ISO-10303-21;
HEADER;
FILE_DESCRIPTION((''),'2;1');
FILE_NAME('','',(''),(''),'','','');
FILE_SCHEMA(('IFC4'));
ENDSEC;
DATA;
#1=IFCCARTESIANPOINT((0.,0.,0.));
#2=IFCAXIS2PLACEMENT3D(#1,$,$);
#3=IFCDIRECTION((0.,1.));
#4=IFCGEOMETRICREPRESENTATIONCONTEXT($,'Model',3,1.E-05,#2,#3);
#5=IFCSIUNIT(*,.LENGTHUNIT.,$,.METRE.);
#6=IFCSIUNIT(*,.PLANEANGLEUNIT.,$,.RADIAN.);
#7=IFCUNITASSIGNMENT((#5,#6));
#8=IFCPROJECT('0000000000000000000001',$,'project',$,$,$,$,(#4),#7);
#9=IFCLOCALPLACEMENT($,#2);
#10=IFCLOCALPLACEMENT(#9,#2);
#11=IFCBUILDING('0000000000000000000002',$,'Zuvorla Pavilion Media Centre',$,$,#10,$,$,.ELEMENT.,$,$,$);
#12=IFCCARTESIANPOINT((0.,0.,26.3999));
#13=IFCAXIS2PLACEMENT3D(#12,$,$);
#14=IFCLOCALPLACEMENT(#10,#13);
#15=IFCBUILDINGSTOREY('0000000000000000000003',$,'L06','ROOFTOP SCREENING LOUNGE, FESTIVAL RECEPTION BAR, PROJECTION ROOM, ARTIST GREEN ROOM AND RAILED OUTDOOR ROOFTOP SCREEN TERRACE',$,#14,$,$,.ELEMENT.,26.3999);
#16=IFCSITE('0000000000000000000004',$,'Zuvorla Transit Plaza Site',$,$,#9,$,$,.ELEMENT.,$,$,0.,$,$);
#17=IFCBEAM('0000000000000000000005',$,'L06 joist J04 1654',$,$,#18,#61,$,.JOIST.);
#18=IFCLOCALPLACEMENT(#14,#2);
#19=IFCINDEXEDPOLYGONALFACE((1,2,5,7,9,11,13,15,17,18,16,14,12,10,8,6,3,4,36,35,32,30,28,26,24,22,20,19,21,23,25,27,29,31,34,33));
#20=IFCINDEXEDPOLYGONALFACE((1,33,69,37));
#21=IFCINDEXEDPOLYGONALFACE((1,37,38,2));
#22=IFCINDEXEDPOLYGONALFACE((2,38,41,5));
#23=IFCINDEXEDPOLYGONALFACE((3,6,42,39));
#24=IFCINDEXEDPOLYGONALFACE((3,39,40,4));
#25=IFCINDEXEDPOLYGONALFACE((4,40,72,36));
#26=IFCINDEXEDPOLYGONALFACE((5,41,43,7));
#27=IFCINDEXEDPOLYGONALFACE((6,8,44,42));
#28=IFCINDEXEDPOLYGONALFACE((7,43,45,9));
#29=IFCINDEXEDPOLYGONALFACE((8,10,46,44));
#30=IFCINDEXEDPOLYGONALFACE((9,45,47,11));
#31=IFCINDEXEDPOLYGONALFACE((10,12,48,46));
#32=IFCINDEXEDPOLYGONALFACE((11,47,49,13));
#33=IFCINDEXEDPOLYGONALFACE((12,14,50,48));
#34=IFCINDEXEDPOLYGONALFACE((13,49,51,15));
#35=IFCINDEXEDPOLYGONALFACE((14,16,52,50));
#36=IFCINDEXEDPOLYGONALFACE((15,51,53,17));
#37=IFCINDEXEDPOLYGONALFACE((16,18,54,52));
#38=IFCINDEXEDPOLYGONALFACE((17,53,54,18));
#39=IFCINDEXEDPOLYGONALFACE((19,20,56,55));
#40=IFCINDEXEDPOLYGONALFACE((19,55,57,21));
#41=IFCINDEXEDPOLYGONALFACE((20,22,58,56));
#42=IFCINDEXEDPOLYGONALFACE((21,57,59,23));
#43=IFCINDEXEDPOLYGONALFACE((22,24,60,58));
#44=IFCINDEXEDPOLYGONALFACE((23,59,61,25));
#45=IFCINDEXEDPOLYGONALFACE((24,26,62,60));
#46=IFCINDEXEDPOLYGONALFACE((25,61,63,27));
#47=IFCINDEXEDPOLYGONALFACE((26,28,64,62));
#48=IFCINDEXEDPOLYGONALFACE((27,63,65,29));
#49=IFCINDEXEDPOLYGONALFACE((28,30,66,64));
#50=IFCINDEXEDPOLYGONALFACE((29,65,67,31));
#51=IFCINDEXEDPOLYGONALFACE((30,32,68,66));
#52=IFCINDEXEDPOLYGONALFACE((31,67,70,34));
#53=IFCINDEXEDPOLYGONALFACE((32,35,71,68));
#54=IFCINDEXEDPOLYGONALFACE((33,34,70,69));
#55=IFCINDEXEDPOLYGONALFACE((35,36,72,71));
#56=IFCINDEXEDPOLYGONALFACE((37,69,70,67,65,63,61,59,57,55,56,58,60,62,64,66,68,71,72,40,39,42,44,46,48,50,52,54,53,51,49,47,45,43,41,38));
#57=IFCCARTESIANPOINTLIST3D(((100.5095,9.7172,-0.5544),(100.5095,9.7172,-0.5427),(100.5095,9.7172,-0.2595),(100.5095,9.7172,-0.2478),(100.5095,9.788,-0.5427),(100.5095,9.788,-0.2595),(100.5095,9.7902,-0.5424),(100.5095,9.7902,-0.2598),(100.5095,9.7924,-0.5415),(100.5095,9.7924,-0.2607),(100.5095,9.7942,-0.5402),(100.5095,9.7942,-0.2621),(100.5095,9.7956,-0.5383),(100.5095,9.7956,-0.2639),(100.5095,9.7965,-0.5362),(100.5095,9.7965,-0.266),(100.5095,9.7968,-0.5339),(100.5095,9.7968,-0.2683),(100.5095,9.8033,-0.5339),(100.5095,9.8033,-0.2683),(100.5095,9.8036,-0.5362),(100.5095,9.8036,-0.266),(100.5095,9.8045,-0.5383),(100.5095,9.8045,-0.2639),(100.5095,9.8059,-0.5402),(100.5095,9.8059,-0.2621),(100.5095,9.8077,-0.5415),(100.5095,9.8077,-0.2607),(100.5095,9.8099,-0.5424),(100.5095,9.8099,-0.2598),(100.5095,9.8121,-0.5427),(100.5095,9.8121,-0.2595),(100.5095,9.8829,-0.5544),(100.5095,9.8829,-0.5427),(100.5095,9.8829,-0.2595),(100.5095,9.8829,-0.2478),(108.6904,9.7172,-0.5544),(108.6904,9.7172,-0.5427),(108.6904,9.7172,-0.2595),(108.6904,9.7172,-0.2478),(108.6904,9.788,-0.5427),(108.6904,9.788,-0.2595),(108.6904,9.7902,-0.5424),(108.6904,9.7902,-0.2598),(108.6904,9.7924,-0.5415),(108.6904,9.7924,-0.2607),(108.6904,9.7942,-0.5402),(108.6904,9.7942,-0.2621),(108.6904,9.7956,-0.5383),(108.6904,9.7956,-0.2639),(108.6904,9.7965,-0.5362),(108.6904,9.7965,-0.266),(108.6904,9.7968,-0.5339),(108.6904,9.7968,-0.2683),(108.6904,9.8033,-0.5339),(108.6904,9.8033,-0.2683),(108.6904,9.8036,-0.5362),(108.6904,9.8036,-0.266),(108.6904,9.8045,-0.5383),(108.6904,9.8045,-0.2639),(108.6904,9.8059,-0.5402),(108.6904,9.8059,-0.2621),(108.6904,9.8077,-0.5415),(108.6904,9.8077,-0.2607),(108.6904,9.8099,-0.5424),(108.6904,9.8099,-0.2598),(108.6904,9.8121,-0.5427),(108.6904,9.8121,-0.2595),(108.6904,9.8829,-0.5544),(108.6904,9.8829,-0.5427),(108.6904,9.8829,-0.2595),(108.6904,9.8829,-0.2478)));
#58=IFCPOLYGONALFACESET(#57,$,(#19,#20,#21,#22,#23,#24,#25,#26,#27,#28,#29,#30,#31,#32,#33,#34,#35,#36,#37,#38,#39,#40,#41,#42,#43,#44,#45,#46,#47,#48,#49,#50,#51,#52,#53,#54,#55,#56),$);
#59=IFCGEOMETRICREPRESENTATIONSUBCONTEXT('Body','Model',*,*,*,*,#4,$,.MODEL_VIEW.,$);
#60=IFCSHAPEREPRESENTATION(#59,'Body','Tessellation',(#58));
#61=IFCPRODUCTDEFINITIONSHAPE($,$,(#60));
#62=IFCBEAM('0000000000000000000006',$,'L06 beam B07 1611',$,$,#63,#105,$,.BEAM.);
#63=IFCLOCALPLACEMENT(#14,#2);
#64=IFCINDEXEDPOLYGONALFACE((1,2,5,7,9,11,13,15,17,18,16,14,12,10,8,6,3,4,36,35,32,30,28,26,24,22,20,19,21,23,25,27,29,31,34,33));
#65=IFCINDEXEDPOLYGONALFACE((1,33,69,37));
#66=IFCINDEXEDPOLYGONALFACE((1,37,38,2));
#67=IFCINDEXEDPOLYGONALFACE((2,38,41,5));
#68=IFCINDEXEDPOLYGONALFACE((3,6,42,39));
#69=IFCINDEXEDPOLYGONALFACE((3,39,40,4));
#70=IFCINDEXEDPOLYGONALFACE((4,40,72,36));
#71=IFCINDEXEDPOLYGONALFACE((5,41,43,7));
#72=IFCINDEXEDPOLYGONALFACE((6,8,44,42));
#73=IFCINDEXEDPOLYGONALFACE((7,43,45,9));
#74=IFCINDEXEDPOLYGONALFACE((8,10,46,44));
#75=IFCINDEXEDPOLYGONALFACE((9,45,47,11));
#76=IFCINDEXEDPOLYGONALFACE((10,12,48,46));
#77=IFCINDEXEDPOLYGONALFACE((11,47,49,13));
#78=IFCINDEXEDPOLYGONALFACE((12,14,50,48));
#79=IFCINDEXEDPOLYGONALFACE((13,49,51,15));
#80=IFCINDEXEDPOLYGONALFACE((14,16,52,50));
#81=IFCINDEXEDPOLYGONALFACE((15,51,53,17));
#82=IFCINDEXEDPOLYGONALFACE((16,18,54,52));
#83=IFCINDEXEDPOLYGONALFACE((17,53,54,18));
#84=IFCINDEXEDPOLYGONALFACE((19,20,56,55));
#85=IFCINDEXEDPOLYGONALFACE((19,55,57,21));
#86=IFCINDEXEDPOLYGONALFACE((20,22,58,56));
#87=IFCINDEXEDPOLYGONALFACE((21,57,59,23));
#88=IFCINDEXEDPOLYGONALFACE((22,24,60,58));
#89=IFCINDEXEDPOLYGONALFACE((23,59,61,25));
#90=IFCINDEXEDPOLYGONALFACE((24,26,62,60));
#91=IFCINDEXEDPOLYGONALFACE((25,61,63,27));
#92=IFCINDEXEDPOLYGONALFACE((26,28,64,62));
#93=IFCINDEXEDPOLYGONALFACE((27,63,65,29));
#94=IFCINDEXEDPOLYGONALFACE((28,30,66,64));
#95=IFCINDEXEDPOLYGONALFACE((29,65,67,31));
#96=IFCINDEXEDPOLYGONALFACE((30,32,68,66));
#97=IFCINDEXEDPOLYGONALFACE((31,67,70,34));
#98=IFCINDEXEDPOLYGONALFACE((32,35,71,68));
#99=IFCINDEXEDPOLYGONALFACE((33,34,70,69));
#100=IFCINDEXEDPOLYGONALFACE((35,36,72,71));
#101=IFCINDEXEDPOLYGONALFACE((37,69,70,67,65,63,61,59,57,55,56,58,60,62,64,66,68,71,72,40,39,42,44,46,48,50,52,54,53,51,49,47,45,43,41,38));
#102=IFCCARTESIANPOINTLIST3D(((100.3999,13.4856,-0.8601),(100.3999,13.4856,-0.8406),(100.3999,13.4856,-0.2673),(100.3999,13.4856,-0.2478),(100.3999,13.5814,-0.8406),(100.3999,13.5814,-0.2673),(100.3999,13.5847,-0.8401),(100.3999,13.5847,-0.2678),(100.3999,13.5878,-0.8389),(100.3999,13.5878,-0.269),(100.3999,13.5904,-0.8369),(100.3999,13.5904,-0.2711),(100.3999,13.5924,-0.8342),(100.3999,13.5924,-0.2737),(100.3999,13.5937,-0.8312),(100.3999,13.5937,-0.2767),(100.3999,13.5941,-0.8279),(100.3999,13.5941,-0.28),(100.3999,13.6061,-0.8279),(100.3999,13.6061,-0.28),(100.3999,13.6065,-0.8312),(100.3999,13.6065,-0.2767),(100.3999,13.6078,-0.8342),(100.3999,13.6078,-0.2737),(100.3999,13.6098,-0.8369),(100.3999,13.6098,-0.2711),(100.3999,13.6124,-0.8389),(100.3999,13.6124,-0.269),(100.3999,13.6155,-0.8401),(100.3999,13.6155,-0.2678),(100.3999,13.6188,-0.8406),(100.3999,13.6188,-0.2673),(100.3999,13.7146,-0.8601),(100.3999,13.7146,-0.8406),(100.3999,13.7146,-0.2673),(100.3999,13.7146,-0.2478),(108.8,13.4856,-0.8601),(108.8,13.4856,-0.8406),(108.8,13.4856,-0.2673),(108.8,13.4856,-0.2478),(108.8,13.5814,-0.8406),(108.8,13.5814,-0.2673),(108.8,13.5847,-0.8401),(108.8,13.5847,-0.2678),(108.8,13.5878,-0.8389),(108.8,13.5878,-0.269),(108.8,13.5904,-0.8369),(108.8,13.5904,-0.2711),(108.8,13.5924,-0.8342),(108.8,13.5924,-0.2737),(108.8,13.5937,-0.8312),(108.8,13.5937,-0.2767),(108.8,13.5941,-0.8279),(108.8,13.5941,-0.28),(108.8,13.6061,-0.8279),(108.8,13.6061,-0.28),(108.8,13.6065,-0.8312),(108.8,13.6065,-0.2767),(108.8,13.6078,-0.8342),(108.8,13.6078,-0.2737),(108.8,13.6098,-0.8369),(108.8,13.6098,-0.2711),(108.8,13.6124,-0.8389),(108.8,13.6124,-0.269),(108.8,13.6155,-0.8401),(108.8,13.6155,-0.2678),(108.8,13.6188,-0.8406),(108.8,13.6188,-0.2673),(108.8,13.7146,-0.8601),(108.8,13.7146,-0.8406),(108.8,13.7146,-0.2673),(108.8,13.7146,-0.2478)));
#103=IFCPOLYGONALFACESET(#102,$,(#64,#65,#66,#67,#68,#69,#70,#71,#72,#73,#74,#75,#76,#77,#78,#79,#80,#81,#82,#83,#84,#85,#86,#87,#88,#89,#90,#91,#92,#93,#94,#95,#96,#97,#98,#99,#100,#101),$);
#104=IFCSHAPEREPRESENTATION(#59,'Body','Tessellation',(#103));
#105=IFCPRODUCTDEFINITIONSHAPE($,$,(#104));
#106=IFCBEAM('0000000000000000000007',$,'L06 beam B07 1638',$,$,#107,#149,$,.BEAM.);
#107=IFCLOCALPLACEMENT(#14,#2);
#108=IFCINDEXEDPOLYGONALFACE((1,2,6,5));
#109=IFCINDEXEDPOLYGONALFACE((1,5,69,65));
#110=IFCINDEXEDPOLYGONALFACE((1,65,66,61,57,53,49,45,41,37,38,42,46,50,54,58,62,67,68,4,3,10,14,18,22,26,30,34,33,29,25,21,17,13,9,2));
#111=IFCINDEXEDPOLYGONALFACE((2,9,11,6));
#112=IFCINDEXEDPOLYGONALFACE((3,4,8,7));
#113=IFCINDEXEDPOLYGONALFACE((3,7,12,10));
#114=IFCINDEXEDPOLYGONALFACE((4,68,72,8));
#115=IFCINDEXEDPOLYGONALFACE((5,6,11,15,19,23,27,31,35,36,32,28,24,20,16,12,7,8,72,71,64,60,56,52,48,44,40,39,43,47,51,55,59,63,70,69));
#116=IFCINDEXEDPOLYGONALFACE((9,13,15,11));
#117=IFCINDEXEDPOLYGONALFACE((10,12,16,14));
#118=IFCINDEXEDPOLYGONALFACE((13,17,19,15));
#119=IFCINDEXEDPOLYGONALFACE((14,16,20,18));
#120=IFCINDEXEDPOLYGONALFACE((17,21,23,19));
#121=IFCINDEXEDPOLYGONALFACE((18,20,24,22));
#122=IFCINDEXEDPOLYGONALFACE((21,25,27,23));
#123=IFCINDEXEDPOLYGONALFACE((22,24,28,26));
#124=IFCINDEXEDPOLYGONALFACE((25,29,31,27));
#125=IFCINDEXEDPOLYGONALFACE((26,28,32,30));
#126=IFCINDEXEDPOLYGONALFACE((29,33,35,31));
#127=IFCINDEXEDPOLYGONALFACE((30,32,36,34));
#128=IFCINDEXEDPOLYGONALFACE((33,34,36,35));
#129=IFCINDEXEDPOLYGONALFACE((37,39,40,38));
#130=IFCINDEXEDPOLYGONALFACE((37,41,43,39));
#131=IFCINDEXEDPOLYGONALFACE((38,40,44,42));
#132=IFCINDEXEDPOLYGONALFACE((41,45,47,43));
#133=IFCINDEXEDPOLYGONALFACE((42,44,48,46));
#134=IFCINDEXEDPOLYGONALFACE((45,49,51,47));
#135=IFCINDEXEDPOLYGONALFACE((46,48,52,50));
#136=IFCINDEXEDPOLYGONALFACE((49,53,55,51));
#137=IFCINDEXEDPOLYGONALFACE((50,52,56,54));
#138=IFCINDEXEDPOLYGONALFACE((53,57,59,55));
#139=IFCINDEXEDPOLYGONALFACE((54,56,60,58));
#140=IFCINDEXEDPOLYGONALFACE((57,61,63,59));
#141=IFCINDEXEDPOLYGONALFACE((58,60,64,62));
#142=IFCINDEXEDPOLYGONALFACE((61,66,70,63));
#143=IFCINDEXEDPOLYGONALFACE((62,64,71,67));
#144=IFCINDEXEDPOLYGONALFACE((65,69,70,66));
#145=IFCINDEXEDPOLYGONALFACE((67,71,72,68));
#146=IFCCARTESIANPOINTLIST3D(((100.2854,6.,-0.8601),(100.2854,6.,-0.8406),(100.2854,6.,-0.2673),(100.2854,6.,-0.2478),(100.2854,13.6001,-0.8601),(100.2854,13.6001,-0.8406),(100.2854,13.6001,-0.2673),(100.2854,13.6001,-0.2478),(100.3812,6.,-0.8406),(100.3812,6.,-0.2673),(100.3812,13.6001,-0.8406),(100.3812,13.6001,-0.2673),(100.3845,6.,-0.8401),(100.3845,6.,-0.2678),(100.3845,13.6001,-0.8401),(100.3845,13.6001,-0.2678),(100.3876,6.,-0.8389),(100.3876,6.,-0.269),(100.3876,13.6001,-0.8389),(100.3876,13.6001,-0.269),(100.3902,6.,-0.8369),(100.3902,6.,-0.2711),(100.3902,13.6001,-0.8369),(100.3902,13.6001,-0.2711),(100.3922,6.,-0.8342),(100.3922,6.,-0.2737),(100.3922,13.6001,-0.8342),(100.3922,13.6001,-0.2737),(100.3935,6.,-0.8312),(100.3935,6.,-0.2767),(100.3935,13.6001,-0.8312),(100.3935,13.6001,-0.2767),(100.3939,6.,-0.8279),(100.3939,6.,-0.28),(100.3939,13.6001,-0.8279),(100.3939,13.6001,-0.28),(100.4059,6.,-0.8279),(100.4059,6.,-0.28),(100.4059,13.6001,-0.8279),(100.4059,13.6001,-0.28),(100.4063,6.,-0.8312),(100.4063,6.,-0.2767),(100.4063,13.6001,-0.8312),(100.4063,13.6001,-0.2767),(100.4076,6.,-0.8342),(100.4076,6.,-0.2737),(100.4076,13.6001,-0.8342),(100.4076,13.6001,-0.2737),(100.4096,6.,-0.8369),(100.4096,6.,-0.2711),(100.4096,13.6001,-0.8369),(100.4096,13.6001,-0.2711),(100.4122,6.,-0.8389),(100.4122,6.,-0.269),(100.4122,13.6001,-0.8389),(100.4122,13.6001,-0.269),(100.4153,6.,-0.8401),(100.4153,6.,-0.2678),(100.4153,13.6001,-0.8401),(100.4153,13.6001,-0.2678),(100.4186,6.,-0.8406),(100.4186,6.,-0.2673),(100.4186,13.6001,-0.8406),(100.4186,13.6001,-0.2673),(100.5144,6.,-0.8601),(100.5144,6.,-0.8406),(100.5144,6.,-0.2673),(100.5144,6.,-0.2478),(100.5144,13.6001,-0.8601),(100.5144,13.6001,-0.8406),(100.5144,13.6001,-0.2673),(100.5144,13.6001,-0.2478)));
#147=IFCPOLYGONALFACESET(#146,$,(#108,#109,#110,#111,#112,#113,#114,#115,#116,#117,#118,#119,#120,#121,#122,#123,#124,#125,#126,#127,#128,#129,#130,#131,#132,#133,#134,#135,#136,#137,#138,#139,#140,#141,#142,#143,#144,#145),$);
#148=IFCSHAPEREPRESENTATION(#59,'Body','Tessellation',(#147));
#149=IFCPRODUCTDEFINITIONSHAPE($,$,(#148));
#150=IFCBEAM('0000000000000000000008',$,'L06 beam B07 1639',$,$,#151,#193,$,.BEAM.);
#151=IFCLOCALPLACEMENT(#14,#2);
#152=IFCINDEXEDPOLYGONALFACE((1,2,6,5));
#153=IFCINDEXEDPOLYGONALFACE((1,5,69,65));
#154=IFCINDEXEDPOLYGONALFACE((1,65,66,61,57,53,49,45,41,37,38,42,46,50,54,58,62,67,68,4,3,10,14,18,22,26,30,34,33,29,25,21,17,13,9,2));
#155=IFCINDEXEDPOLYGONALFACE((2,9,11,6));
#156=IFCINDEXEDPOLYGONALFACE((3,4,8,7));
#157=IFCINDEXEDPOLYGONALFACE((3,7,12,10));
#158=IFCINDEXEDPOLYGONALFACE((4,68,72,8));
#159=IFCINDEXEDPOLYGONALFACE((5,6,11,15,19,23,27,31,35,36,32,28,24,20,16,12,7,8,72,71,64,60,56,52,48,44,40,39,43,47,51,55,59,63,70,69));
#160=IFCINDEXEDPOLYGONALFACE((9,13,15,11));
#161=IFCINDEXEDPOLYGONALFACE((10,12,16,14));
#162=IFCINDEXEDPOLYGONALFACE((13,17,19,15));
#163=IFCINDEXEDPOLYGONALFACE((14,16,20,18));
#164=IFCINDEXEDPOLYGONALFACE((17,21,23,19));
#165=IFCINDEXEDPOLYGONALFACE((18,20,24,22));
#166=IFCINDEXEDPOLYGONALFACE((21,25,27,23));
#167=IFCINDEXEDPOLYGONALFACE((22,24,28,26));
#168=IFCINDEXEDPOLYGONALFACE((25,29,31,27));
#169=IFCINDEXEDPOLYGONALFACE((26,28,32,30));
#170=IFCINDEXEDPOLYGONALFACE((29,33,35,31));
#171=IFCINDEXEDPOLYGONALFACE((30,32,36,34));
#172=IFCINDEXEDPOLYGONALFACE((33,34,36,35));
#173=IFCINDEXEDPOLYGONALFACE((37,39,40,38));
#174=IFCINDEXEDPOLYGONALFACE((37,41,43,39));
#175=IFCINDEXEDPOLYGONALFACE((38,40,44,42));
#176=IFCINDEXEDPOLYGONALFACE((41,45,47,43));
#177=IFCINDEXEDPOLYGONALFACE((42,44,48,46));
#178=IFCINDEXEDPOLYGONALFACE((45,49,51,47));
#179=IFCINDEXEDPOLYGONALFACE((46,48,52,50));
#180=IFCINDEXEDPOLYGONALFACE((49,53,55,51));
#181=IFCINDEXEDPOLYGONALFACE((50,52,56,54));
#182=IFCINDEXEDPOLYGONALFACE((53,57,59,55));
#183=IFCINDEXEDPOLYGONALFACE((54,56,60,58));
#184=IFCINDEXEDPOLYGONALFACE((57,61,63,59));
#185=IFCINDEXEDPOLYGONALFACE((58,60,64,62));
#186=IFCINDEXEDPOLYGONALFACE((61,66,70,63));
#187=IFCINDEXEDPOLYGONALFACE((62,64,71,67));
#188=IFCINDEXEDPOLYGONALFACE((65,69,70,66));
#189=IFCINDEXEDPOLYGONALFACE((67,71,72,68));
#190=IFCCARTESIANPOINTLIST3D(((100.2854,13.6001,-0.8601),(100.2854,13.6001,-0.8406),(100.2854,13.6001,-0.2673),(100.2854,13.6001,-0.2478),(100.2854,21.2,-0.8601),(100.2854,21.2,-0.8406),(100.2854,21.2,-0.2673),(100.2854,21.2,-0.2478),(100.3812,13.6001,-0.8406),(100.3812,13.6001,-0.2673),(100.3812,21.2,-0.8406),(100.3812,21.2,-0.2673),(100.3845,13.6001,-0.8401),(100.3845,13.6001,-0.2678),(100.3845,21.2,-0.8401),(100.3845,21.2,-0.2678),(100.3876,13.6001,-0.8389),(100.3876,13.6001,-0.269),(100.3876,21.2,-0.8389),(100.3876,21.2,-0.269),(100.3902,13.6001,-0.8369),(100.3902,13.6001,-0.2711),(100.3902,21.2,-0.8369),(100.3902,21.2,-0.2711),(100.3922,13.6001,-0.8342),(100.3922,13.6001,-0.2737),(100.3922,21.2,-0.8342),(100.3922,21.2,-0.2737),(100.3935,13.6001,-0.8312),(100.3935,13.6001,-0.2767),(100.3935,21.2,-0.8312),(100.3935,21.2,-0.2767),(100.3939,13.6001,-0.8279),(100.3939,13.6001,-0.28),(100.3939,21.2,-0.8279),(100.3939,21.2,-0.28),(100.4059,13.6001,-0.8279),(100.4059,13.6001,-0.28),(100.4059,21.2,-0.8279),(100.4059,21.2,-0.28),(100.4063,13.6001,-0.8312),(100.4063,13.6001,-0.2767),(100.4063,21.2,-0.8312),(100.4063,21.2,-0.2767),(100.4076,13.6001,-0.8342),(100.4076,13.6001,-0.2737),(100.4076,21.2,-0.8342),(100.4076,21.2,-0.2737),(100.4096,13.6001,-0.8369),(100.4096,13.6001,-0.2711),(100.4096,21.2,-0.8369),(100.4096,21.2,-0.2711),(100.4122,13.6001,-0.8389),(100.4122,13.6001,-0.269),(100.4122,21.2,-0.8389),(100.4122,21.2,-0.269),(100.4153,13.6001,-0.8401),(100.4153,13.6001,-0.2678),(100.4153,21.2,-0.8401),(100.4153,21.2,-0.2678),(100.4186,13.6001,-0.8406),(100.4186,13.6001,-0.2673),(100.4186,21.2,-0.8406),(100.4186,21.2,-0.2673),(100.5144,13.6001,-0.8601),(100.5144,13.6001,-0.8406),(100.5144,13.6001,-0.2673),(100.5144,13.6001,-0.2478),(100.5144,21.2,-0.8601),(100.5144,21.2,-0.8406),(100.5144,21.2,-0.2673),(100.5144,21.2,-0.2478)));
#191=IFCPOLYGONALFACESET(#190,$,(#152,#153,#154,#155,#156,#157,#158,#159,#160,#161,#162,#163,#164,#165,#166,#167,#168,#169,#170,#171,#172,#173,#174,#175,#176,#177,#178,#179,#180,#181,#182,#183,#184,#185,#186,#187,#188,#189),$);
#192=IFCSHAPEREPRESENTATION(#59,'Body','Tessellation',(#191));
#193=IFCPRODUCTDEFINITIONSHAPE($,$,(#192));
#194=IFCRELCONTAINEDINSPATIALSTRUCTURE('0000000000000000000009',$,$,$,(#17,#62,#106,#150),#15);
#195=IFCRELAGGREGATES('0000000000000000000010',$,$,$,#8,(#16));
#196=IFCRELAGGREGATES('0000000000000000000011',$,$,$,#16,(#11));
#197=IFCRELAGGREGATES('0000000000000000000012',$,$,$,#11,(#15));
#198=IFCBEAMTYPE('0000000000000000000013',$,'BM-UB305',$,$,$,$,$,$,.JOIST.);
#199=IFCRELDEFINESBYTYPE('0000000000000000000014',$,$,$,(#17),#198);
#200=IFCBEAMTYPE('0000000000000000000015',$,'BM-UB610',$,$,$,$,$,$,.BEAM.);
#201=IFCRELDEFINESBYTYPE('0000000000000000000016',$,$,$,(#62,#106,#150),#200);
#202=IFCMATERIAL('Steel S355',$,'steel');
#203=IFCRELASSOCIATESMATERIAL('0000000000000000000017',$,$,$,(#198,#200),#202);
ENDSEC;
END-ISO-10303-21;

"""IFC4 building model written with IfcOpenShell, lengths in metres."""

from ifc_helpers import new_model, si_unit, direction, frame, origin, origin_2d, place, context, subcontext, project, spatial, i_section, extrude, material, material_profile, profile_set, type_object, element, save


model = new_model("IFC4")

# Units and contexts
model_context = context("Model", 3, precision=1e-05, world=origin(), true_north=direction((0.0, 1.0)))
body_context = subcontext(model_context, "Body", "Model", "MODEL_VIEW")
ifc_project = project(units=[si_unit("LENGTHUNIT", "METRE"), si_unit("PLANEANGLEUNIT", "RADIAN")], contexts=[model_context])

# Site, building, storey
site_placement = place(None, origin())
site = spatial("IfcSite", under=ifc_project, at=site_placement, Name="Zuvorla Transit Plaza Site", CompositionType="ELEMENT", RefElevation=0.0)
building_placement = place(site_placement, origin())
building = spatial("IfcBuilding", under=site, at=building_placement, Name="Zuvorla Pavilion Media Centre", CompositionType="ELEMENT")
storey_placement = place(building_placement, frame((0.0, 0.0, 26.3999)))
storey = spatial("IfcBuildingStorey", under=building, at=storey_placement, Name="L06", Description="ROOFTOP SCREENING LOUNGE, FESTIVAL RECEPTION BAR, PROJECTION ROOM, ARTIST GREEN ROOM AND RAILED OUTDOOR ROOFTOP SCREEN TERRACE", CompositionType="ELEMENT", Elevation=26.3999)

# Shared definitions
ifc_material_1 = material(Name="Steel S355", Category="steel")

# Beams
ifc_material_profile_1 = material_profile(ifc_material_1, i_section(OverallWidth=0.1658, OverallDepth=0.3066, WebThickness=0.0066, FlangeThickness=0.0117, FilletRadius=0.0088, at=origin_2d()), Name="UB 305x165x46")
ifc_profile_set_1 = profile_set([ifc_material_profile_1], Name="Steel S355")
beam_type_1 = type_object("IfcBeamType", Name="BM-UB305", PredefinedType="JOIST", material=ifc_profile_set_1)
beam_1_placement = place(storey_placement, frame((100.5095, 9.8, -0.4011), z_axis=(1.0, 0.0, 0.0), x_axis=(0.0, 1.0, 0.0)))
element("IfcBeam", 1, at=beam_1_placement, inside=storey, type_object=beam_type_1, Name="L06 joist J04 1654", PredefinedType="JOIST", context=body_context, shape_type="SweptSolid", body=[
    extrude(i_section(OverallWidth=0.1658, OverallDepth=0.3066, WebThickness=0.0066, FlangeThickness=0.0117, FilletRadius=0.0088, at=origin_2d()), origin(), (0.0, 0.0, 1.0), 8.1809),
])
ifc_material_profile_2 = material_profile(ifc_material_1, i_section(OverallWidth=0.229, OverallDepth=0.6123, WebThickness=0.012, FlangeThickness=0.0195, FilletRadius=0.0127, at=origin_2d()), Name="UB 610x229x125")
ifc_profile_set_2 = profile_set([ifc_material_profile_2], Name="Steel S355")
beam_type_2 = type_object("IfcBeamType", Name="BM-UB610", PredefinedType="BEAM", material=ifc_profile_set_2)
beam_2_placement = place(storey_placement, frame((100.3999, 13.6001, -0.554), z_axis=(1.0, 0.0, 0.0), x_axis=(0.0, 1.0, 0.0)))
element("IfcBeam", 2, at=beam_2_placement, inside=storey, type_object=beam_type_2, Name="L06 beam B07 1611", PredefinedType="BEAM", context=body_context, shape_type="SweptSolid", body=[
    extrude(i_section(OverallWidth=0.229, OverallDepth=0.6123, WebThickness=0.012, FlangeThickness=0.0195, FilletRadius=0.0127, at=origin_2d()), origin(), (0.0, 0.0, 1.0), 8.4001),
])
beam_3_placement = place(storey_placement, frame((100.3999, 6.0, -0.554), z_axis=(0.0, 1.0, 0.0), x_axis=(-1.0, 0.0, 0.0)))
element("IfcBeam", 3, at=beam_3_placement, inside=storey, type_object=beam_type_2, Name="L06 beam B07 1638", PredefinedType="BEAM", context=body_context, shape_type="SweptSolid", body=[
    extrude(i_section(OverallWidth=0.229, OverallDepth=0.6123, WebThickness=0.012, FlangeThickness=0.0195, FilletRadius=0.0127, at=origin_2d()), origin(), (0.0, 0.0, 1.0), 7.6001),
])
beam_4_placement = place(storey_placement, frame((100.3999, 13.6001, -0.554), z_axis=(0.0, 1.0, 0.0), x_axis=(-1.0, 0.0, 0.0)))
element("IfcBeam", 4, at=beam_4_placement, inside=storey, type_object=beam_type_2, Name="L06 beam B07 1639", PredefinedType="BEAM", context=body_context, shape_type="SweptSolid", body=[
    extrude(i_section(OverallWidth=0.229, OverallDepth=0.6123, WebThickness=0.012, FlangeThickness=0.0195, FilletRadius=0.0127, at=origin_2d()), origin(), (0.0, 0.0, 1.0), 7.5999),
])

save(model, "model.ifc")
